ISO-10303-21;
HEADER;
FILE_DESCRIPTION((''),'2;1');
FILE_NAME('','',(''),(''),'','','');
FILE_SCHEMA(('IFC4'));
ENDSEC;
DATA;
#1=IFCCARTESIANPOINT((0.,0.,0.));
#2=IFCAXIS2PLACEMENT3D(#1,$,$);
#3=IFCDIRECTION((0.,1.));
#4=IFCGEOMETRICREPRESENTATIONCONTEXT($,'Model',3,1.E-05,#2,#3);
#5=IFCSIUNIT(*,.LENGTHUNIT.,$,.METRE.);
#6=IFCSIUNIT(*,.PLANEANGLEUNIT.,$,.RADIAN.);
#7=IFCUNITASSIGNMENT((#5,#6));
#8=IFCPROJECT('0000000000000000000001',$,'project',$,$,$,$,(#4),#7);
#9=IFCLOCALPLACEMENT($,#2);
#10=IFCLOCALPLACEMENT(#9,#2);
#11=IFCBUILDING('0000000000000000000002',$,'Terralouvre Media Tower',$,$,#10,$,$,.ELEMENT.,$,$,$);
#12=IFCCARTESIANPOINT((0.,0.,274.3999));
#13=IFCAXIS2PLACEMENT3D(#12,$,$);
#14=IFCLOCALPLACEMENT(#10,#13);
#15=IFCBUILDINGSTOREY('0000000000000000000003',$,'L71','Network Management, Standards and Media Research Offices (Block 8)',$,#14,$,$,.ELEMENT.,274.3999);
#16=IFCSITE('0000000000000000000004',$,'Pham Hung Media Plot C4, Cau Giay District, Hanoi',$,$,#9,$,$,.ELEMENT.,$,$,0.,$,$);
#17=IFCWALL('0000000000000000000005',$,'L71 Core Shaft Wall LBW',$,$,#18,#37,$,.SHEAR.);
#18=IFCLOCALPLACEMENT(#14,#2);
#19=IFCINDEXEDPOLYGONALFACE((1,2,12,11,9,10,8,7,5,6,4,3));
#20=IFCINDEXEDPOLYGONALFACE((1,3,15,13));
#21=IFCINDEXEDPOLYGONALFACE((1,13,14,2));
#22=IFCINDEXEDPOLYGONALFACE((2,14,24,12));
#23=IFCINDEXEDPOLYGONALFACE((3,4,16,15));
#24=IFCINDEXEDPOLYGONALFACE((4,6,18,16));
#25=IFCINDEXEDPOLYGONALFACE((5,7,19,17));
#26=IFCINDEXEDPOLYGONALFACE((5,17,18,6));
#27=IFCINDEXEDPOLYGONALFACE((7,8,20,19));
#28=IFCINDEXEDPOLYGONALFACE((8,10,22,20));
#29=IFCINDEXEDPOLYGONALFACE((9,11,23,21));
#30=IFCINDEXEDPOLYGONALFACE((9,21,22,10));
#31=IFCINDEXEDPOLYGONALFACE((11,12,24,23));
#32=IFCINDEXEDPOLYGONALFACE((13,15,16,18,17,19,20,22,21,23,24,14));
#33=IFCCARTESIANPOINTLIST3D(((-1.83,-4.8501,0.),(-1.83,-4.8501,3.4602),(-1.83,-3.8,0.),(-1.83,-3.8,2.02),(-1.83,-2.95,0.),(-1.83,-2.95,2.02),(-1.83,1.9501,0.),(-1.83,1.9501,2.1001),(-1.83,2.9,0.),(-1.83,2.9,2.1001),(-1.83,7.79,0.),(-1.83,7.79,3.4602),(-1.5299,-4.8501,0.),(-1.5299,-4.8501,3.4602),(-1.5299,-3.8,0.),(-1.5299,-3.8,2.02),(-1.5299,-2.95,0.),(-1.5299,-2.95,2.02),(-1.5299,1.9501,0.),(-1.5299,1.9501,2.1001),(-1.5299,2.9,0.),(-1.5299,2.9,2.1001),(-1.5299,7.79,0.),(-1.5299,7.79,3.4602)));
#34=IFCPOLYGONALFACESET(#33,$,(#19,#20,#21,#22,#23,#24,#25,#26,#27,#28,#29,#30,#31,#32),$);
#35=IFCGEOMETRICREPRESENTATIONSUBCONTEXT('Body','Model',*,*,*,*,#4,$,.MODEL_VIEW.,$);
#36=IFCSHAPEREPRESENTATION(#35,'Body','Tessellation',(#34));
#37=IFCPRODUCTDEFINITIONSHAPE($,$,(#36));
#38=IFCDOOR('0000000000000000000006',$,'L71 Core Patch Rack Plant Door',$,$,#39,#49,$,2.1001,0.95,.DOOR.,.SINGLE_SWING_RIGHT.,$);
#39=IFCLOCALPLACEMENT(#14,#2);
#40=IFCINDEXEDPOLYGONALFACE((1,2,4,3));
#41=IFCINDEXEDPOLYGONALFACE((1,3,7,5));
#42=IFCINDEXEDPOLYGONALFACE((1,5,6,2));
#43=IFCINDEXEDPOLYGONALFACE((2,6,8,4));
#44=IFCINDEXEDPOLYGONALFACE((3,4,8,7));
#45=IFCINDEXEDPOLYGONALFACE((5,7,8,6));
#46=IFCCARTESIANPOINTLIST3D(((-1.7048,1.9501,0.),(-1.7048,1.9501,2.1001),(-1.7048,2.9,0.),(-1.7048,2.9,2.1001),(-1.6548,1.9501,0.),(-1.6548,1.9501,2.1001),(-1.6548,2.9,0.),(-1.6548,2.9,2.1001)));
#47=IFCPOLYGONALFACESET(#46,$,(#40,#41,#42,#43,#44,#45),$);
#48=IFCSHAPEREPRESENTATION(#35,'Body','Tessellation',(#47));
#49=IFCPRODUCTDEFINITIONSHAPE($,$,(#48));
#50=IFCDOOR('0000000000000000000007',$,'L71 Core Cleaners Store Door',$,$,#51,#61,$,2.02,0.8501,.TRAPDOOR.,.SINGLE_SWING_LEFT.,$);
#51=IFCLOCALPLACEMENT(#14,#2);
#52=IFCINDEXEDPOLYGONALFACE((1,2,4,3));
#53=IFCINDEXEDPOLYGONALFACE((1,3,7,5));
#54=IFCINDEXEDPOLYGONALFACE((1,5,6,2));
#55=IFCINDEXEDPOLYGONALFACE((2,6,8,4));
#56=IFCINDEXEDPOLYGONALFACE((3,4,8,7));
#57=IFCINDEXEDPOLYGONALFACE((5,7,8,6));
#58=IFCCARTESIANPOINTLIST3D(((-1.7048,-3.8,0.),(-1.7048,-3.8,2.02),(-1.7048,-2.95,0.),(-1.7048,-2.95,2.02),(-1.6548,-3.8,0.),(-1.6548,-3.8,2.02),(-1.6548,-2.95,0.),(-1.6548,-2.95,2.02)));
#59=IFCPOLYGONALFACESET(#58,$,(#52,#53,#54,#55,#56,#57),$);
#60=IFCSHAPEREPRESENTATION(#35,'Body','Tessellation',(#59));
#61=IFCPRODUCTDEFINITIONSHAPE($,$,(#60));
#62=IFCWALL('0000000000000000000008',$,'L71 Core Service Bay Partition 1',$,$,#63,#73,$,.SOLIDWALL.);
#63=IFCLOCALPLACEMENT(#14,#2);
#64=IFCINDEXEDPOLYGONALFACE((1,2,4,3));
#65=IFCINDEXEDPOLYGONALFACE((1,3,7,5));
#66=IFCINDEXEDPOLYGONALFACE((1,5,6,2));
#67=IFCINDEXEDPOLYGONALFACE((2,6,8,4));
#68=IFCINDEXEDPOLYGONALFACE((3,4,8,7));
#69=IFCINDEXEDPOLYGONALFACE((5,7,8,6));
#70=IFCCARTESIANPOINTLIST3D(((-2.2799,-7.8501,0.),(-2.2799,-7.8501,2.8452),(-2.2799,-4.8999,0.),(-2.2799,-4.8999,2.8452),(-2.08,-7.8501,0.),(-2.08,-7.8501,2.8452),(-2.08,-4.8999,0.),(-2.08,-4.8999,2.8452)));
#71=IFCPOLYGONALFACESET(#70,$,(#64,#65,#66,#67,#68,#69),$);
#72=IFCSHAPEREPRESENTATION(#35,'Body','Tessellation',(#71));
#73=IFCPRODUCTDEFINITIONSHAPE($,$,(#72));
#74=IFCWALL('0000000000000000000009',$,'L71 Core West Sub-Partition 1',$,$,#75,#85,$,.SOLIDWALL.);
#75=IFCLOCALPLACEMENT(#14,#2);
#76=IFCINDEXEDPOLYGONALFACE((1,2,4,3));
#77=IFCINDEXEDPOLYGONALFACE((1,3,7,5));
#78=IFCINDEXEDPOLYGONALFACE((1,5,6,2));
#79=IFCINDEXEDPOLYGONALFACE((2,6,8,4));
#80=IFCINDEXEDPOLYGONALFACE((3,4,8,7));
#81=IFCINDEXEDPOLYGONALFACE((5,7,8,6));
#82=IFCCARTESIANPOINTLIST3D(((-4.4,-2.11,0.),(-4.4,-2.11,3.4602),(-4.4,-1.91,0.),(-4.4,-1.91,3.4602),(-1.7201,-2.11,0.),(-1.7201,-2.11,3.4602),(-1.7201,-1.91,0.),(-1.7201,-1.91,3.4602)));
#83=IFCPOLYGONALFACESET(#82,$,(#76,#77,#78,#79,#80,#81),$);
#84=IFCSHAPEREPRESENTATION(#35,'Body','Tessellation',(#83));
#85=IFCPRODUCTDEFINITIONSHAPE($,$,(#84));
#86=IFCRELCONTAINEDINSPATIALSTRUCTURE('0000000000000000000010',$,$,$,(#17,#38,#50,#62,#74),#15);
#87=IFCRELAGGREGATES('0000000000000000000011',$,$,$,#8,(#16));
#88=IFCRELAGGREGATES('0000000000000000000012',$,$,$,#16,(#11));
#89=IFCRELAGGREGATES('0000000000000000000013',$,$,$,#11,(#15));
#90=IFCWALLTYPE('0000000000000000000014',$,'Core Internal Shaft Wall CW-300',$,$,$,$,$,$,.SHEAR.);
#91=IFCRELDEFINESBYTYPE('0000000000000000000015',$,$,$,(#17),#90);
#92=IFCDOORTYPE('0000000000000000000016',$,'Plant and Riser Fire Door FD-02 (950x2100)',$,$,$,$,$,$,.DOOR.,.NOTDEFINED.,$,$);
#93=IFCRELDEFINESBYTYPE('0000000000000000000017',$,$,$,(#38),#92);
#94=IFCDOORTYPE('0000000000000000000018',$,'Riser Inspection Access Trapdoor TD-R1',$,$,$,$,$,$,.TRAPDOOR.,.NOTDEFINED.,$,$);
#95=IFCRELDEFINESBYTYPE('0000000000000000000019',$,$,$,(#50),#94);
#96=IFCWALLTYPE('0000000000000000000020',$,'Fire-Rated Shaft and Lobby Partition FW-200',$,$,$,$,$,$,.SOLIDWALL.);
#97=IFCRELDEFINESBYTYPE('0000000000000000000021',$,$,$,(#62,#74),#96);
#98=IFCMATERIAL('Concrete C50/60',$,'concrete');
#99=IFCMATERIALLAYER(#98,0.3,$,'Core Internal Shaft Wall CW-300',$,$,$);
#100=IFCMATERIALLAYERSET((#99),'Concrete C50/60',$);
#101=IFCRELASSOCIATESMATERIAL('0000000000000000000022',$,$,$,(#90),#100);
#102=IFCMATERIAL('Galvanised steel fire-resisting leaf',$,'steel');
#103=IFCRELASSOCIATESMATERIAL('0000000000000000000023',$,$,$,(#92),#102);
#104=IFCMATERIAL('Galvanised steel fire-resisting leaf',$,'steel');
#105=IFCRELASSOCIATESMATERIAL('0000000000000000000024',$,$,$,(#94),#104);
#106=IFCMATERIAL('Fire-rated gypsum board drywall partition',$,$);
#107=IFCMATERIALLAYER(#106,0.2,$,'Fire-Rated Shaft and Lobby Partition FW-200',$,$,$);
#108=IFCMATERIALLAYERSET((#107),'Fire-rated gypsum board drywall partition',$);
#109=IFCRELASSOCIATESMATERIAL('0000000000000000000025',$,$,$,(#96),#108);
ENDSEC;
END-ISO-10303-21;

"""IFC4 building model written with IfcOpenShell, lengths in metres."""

from ifc_helpers import new_model, si_unit, direction, frame, frame_2d, origin, place, context, subcontext, project, spatial, rectangle, extrude, material, layer, layer_set, type_object, element, fill, save


model = new_model("IFC4")

# Units and contexts
model_context = context("Model", 3, precision=1e-05, world=origin(), true_north=direction((0.0, 1.0)))
body_context = subcontext(model_context, "Body", "Model", "MODEL_VIEW")
ifc_project = project(units=[si_unit("LENGTHUNIT", "METRE"), si_unit("PLANEANGLEUNIT", "RADIAN")], contexts=[model_context])

# Site, building, storey
site_placement = place(None, origin())
site = spatial("IfcSite", under=ifc_project, at=site_placement, Name="Pham Hung Media Plot C4, Cau Giay District, Hanoi", CompositionType="ELEMENT", RefElevation=0.0)
building_placement = place(site_placement, origin())
building = spatial("IfcBuilding", under=site, at=building_placement, Name="Terralouvre Media Tower", CompositionType="ELEMENT")
storey_placement = place(building_placement, frame((0.0, 0.0, 274.3999)))
storey = spatial("IfcBuildingStorey", under=building, at=storey_placement, Name="L71", Description="Network Management, Standards and Media Research Offices (Block 8)", CompositionType="ELEMENT", Elevation=274.3999)

# Shared definitions
ifc_material_1 = material(Name="Concrete C50/60", Category="concrete")
ifc_layer_1 = layer(ifc_material_1, 0.3, Name="Core Internal Shaft Wall CW-300")
ifc_layer_set_1 = layer_set([ifc_layer_1], Name="Concrete C50/60")
wall_type_1 = type_object("IfcWallType", Name="Core Internal Shaft Wall CW-300", PredefinedType="SHEAR", material=ifc_layer_set_1)

# Wall, openings, doors
wall_1_placement = place(storey_placement, frame((-1.6799, -4.8501, 0.0), z_axis=(0.0, 0.0, 1.0), x_axis=(0.0, 1.0, 0.0)))
wall_1 = element("IfcWall", 1, at=wall_1_placement, inside=storey, type_object=wall_type_1, Name="L71 Core Shaft Wall LBW", PredefinedType="SHEAR", context=body_context, shape_type="SweptSolid", body=[
    extrude(rectangle(XDim=12.6401, YDim=0.3, at=frame_2d((6.3201, 0.0))), origin(), (0.0, 0.0, 1.0), 3.4602),
])
opening_1_placement = place(wall_1_placement, frame((1.05, 0.0, 0.0)))
opening_1 = element("IfcOpeningElement", 2, at=opening_1_placement, cuts=wall_1, PredefinedType="OPENING", context=body_context, shape_type="SweptSolid", body=[
    extrude(rectangle(XDim=0.8501, YDim=2.02, at=frame_2d((0.425, 1.01))), frame((0.0, 0.1599, 0.0), z_axis=(0.0, -1.0, 0.0), x_axis=(1.0, 0.0, 0.0)), (0.0, 0.0, 1.0), 0.3201),
])
opening_2_placement = place(wall_1_placement, frame((6.8, 0.0, 0.0)))
opening_2 = element("IfcOpeningElement", 3, at=opening_2_placement, cuts=wall_1, PredefinedType="OPENING", context=body_context, shape_type="SweptSolid", body=[
    extrude(rectangle(XDim=0.95, YDim=2.1001, at=frame_2d((0.4751, 1.05))), frame((0.0, 0.1599, 0.0), z_axis=(0.0, -1.0, 0.0), x_axis=(1.0, 0.0, 0.0)), (0.0, 0.0, 1.0), 0.3201),
])
ifc_material_2 = material(Name="Galvanised steel fire-resisting leaf", Category="steel")
door_type_1 = type_object("IfcDoorType", Name="Plant and Riser Fire Door FD-02 (950x2100)", OperationType="NOTDEFINED", PredefinedType="DOOR", material=ifc_material_2)
door_1_placement = place(opening_2_placement, origin())
door_1 = element("IfcDoor", 4, at=door_1_placement, inside=storey, type_object=door_type_1, Name="L71 Core Patch Rack Plant Door", OperationType="SINGLE_SWING_RIGHT", OverallHeight=2.1001, OverallWidth=0.95, PredefinedType="DOOR", context=body_context, shape_type="SweptSolid", body=[
    extrude(rectangle(XDim=0.95, YDim=2.1001, at=frame_2d((0.4751, 1.05))), frame((0.0, 0.0249, 0.0), z_axis=(0.0, -1.0, 0.0), x_axis=(1.0, 0.0, 0.0)), (0.0, 0.0, 1.0), 0.05),
])
fill(opening_2, door_1)
ifc_material_3 = material(Name="Galvanised steel fire-resisting leaf", Category="steel")
door_type_2 = type_object("IfcDoorType", Name="Riser Inspection Access Trapdoor TD-R1", OperationType="NOTDEFINED", PredefinedType="TRAPDOOR", material=ifc_material_3)
door_2_placement = place(opening_1_placement, origin())
door_2 = element("IfcDoor", 5, at=door_2_placement, inside=storey, type_object=door_type_2, Name="L71 Core Cleaners Store Door", OperationType="SINGLE_SWING_LEFT", OverallHeight=2.02, OverallWidth=0.8501, PredefinedType="TRAPDOOR", context=body_context, shape_type="SweptSolid", body=[
    extrude(rectangle(XDim=0.8501, YDim=2.02, at=frame_2d((0.425, 1.01))), frame((0.0, 0.0249, 0.0), z_axis=(0.0, -1.0, 0.0), x_axis=(1.0, 0.0, 0.0)), (0.0, 0.0, 1.0), 0.05),
])
fill(opening_1, door_2)

# Walls
ifc_material_4 = material(Name="Fire-rated gypsum board drywall partition")
ifc_layer_2 = layer(ifc_material_4, 0.2, Name="Fire-Rated Shaft and Lobby Partition FW-200")
ifc_layer_set_2 = layer_set([ifc_layer_2], Name="Fire-rated gypsum board drywall partition")
wall_type_2 = type_object("IfcWallType", Name="Fire-Rated Shaft and Lobby Partition FW-200", PredefinedType="SOLIDWALL", material=ifc_layer_set_2)
wall_2_placement = place(storey_placement, frame((-2.1799, -7.8501, 0.0), z_axis=(0.0, 0.0, 1.0), x_axis=(0.0, 1.0, 0.0)))
element("IfcWall", 6, at=wall_2_placement, inside=storey, type_object=wall_type_2, Name="L71 Core Service Bay Partition 1", PredefinedType="SOLIDWALL", context=body_context, shape_type="SweptSolid", body=[
    extrude(rectangle(XDim=2.9502, YDim=0.2, at=frame_2d((1.4751, 0.0))), origin(), (0.0, 0.0, 1.0), 2.8452),
])
wall_3_placement = place(storey_placement, frame((-4.3999, -2.01, 0.0), z_axis=(0.0, 0.0, 1.0), x_axis=(1.0, 0.0, 0.0)))
element("IfcWall", 7, at=wall_3_placement, inside=storey, type_object=wall_type_2, Name="L71 Core West Sub-Partition 1", PredefinedType="SOLIDWALL", context=body_context, shape_type="SweptSolid", body=[
    extrude(rectangle(XDim=2.6799, YDim=0.2, at=frame_2d((1.3398, 0.0))), origin(), (0.0, 0.0, 1.0), 3.4602),
])

save(model, "model.ifc")
